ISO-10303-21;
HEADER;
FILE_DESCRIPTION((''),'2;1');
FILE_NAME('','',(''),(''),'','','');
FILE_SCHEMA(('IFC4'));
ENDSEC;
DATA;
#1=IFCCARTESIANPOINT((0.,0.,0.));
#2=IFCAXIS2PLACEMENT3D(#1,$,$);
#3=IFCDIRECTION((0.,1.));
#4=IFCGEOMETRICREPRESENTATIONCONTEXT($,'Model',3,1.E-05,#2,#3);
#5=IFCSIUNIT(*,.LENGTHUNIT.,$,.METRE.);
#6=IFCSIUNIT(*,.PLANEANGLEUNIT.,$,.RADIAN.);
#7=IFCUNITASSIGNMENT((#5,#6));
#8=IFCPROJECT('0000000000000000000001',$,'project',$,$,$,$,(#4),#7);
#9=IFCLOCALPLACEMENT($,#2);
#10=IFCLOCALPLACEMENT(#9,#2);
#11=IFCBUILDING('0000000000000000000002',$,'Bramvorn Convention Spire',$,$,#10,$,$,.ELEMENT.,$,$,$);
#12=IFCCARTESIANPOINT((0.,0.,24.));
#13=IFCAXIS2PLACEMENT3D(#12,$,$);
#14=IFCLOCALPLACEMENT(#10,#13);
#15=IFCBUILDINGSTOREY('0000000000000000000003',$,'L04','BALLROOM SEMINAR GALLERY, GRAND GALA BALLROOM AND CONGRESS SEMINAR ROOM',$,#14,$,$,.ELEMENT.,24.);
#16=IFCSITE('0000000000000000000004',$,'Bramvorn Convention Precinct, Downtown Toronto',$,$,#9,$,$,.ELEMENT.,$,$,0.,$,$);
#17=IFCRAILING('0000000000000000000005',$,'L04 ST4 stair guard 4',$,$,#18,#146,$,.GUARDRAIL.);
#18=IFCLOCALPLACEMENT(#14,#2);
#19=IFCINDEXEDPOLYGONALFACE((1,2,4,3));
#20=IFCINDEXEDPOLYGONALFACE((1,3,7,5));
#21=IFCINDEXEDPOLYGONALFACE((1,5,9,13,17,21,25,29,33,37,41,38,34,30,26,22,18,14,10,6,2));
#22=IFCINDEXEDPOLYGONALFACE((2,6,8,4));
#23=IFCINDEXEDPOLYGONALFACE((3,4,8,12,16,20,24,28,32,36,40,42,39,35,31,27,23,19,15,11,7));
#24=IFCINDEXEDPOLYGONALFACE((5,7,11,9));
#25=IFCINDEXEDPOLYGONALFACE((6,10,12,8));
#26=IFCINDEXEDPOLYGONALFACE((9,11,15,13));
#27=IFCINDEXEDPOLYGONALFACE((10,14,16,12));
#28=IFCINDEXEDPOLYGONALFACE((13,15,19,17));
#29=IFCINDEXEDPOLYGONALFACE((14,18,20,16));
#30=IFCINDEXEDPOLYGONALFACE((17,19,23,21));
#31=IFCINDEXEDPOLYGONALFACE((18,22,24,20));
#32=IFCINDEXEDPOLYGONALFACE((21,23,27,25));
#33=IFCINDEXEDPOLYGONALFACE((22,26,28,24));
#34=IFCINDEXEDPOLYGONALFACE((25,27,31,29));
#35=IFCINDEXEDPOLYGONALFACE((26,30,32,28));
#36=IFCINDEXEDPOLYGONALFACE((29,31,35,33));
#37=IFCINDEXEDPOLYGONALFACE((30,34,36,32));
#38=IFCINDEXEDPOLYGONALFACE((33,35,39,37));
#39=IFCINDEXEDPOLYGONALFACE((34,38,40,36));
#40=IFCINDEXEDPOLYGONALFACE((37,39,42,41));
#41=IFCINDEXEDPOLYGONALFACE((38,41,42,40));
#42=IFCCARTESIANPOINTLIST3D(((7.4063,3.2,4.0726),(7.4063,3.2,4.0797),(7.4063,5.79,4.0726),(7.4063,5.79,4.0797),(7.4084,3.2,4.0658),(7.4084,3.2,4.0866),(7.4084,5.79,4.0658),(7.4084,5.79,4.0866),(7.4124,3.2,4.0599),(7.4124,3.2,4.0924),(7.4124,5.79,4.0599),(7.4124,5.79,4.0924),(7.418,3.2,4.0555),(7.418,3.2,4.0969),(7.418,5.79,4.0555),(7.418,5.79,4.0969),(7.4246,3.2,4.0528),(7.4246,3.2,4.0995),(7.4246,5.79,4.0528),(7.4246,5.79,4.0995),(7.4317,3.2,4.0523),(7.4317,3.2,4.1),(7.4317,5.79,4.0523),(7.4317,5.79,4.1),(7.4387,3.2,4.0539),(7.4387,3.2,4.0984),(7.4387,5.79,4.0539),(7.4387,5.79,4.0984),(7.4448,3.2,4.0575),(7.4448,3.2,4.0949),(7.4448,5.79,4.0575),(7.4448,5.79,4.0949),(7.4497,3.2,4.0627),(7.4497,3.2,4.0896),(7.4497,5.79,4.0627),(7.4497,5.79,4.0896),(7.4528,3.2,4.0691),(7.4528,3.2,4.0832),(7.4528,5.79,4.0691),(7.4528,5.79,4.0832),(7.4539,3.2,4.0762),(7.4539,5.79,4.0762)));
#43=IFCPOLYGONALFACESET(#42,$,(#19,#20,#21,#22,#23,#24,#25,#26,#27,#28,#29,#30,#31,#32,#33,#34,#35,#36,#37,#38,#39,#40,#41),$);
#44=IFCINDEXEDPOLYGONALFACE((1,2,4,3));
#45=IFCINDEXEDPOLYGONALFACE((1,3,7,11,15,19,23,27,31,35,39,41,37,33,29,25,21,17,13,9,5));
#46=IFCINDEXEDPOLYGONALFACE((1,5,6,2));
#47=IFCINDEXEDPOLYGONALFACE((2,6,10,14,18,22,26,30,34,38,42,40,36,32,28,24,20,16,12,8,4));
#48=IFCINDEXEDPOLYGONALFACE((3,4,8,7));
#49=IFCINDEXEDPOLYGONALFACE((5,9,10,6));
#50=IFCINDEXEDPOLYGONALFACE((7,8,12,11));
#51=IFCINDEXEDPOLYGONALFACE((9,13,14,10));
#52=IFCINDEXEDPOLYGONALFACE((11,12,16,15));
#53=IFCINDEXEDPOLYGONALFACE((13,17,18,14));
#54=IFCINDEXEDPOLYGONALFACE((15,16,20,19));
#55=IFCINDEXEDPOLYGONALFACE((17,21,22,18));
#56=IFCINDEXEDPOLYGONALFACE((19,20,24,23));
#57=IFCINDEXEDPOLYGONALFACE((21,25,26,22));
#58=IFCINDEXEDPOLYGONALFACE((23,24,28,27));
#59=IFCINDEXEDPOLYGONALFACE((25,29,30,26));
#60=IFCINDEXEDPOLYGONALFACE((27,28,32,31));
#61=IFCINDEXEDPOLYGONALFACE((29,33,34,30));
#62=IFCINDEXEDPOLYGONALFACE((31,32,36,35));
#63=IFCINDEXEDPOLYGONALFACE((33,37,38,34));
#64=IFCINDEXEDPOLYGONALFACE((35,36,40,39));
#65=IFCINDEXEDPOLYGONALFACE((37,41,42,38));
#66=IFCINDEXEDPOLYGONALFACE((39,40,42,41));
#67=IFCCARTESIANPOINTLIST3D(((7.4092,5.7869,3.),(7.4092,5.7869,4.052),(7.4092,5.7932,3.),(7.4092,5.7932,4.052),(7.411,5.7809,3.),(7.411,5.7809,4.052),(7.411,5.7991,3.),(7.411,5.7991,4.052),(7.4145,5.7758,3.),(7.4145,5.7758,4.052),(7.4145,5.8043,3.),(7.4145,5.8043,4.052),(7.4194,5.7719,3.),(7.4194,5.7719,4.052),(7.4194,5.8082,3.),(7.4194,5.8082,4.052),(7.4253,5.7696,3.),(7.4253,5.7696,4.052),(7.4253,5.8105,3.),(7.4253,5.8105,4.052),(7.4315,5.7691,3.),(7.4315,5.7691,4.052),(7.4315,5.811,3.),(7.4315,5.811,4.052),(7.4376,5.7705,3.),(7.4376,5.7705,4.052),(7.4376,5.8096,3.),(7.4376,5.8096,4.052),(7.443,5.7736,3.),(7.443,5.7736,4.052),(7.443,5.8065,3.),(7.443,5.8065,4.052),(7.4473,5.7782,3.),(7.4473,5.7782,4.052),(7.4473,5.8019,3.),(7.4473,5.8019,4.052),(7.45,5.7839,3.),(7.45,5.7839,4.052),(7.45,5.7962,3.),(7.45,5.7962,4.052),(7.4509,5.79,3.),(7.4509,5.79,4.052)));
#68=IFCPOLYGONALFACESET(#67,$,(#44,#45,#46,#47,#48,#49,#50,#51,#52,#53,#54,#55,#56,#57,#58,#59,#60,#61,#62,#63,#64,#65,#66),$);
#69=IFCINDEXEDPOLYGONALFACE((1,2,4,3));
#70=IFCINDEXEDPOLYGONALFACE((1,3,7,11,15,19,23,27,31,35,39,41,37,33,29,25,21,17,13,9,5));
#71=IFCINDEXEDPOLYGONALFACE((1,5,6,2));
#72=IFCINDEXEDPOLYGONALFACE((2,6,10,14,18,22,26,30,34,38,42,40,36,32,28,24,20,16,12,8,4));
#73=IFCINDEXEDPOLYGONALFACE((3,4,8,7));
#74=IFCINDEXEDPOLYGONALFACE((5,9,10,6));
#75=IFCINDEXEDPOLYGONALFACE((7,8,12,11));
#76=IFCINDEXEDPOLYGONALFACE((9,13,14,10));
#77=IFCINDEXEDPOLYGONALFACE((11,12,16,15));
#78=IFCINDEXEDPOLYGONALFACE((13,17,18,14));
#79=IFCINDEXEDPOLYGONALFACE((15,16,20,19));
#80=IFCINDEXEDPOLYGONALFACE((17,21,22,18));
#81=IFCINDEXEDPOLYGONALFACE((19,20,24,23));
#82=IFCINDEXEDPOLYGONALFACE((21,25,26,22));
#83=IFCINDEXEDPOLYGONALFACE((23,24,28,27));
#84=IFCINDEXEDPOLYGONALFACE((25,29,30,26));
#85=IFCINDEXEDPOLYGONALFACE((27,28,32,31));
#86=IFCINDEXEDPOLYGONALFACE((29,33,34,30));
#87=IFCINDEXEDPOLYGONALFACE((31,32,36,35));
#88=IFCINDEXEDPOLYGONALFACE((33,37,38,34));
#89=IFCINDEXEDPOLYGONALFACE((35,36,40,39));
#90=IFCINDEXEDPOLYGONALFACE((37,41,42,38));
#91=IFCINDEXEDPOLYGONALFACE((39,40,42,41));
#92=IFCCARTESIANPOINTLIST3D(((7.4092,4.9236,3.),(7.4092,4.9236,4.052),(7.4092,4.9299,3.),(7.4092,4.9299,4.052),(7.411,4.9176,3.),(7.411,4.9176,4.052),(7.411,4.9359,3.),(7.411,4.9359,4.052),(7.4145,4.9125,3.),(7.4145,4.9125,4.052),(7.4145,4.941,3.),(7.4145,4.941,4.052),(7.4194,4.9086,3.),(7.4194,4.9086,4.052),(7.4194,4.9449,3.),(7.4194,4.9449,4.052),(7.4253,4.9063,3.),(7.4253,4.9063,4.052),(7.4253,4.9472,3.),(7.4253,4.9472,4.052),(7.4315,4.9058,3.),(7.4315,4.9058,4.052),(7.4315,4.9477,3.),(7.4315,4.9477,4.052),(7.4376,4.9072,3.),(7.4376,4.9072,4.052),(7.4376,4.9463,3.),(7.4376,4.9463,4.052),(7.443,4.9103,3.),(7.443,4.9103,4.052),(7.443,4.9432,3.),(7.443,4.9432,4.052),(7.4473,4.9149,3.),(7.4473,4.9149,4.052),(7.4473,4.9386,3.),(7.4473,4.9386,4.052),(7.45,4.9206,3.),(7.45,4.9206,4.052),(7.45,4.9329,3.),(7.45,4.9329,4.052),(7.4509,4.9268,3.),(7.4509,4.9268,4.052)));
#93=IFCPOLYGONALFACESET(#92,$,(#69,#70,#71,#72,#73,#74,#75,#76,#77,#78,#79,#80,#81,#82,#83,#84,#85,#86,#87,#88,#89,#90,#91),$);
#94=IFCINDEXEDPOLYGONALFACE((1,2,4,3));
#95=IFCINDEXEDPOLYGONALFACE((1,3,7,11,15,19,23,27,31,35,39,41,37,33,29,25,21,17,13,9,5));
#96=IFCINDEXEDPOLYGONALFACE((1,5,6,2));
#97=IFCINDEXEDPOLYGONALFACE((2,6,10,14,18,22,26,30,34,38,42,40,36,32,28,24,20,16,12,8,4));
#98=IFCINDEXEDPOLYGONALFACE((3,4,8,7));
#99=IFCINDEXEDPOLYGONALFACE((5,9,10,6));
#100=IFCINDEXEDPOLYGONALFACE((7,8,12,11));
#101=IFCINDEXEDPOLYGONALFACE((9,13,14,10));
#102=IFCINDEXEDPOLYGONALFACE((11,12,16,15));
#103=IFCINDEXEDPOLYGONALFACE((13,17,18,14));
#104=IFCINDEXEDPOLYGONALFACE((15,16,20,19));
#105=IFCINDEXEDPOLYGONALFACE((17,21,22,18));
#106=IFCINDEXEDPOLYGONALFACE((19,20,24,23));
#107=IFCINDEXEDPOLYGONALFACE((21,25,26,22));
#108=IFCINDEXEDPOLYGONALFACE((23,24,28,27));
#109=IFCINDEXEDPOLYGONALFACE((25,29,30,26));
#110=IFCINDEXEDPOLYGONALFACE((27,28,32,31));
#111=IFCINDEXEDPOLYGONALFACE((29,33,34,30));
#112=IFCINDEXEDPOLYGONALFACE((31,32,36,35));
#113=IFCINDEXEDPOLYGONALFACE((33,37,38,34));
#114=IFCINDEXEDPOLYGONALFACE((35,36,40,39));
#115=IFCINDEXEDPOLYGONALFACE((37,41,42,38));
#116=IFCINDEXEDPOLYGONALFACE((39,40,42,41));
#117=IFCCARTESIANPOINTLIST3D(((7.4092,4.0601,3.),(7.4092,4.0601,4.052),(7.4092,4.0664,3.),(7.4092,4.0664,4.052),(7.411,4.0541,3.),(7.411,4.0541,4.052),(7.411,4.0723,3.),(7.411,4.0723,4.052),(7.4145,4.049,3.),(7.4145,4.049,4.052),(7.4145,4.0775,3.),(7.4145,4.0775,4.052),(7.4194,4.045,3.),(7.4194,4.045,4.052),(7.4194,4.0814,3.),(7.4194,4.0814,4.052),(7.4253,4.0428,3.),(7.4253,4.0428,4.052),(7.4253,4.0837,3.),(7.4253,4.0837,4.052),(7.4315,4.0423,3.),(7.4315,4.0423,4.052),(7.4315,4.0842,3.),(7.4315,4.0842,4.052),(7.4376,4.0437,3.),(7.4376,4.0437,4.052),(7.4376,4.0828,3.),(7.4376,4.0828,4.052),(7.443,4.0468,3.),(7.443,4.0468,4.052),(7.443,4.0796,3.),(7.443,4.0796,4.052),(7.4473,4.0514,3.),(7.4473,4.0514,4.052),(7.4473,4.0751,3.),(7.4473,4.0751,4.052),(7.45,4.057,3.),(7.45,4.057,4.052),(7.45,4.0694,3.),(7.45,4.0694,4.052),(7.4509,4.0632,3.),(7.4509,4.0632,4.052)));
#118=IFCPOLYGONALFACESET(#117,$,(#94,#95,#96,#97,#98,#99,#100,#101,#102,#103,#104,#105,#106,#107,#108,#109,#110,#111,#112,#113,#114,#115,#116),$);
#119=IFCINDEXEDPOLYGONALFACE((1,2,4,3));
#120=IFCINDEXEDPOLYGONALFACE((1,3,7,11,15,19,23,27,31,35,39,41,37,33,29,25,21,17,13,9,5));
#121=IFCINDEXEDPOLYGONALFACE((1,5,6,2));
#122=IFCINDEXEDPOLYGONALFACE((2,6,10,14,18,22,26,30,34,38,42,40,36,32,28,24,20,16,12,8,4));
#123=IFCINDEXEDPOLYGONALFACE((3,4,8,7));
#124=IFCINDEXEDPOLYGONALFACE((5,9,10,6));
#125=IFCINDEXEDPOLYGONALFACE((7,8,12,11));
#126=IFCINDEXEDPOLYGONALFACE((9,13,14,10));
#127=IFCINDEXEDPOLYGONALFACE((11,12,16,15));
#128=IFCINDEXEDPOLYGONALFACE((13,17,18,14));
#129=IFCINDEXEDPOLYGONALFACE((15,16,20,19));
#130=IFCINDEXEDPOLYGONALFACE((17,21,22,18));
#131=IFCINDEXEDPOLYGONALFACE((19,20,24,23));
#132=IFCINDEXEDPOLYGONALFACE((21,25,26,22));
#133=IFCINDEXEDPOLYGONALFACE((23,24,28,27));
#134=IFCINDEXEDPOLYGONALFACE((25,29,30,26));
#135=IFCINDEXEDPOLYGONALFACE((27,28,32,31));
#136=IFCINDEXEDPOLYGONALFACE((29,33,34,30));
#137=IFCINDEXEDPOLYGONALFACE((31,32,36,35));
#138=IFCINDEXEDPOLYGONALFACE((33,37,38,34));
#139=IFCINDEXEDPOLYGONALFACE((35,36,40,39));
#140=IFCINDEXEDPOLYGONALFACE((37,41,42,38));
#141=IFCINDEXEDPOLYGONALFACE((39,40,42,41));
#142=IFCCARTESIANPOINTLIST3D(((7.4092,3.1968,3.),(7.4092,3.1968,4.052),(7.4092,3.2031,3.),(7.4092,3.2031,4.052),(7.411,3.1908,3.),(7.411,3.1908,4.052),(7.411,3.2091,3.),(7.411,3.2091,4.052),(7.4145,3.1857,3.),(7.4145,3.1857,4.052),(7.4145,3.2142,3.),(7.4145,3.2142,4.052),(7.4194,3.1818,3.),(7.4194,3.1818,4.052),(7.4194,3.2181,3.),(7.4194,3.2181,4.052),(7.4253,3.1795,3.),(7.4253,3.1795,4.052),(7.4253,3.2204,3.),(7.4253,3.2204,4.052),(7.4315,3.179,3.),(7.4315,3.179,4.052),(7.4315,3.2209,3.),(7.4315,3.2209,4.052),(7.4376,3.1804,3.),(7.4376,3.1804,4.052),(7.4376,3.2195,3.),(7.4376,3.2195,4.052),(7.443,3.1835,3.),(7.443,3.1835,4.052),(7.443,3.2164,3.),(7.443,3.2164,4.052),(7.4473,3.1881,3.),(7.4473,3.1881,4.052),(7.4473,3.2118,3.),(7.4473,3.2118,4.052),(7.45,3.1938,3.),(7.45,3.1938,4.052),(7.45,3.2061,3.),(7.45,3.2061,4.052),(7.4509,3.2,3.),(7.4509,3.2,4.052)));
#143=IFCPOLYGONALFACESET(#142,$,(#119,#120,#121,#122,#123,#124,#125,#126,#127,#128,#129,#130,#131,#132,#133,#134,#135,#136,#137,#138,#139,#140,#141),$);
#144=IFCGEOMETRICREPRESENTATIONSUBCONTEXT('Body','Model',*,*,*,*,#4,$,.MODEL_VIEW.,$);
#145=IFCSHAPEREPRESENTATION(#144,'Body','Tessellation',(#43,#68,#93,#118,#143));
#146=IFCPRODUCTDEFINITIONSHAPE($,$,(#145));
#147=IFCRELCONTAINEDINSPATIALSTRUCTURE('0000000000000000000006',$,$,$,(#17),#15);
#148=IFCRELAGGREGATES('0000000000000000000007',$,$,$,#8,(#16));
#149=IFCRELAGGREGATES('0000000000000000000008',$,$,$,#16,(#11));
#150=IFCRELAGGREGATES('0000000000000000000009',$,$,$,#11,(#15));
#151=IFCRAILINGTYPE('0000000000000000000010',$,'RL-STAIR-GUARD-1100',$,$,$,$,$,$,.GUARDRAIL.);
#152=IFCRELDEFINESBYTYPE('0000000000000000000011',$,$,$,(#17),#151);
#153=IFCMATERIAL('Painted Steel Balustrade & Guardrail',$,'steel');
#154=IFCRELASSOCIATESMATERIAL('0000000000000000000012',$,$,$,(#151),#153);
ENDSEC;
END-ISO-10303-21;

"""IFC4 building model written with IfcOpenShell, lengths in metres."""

from ifc_helpers import new_model, si_unit, direction, frame, origin, origin_2d, place, context, subcontext, project, spatial, circle, extrude, material, type_object, element, save


model = new_model("IFC4")

# Units and contexts
model_context = context("Model", 3, precision=1e-05, world=origin(), true_north=direction((0.0, 1.0)))
body_context = subcontext(model_context, "Body", "Model", "MODEL_VIEW")
ifc_project = project(units=[si_unit("LENGTHUNIT", "METRE"), si_unit("PLANEANGLEUNIT", "RADIAN")], contexts=[model_context])

# Site, building, storey
site_placement = place(None, origin())
site = spatial("IfcSite", under=ifc_project, at=site_placement, Name="Bramvorn Convention Precinct, Downtown Toronto", CompositionType="ELEMENT", RefElevation=0.0)
building_placement = place(site_placement, origin())
building = spatial("IfcBuilding", under=site, at=building_placement, Name="Bramvorn Convention Spire", CompositionType="ELEMENT")
storey_placement = place(building_placement, frame((0.0, 0.0, 24.0)))
storey = spatial("IfcBuildingStorey", under=building, at=storey_placement, Name="L04", Description="BALLROOM SEMINAR GALLERY, GRAND GALA BALLROOM AND CONGRESS SEMINAR ROOM", CompositionType="ELEMENT", Elevation=24.0)

# Railing
ifc_material_1 = material(Name="Painted Steel Balustrade & Guardrail", Category="steel")
railing_type_1 = type_object("IfcRailingType", Name="RL-STAIR-GUARD-1100", PredefinedType="GUARDRAIL", material=ifc_material_1)
for number, where, name in (
    (1, (7.4299, 5.79, 3.0), "L04 ST4 stair guard 4"),
):
    element("IfcRailing", number, at=place(storey_placement, frame(where)), inside=storey, type_object=railing_type_1, Name=name, PredefinedType="GUARDRAIL", context=body_context, shape_type="SweptSolid", body=[
        extrude(circle(Radius=0.0239, at=origin_2d()), frame((0.0, 0.0, 1.0762), z_axis=(0.0, -1.0, 0.0), x_axis=(1.0, 0.0, 0.0)), (0.0, 0.0, 1.0), 2.5901),
        extrude(circle(Radius=0.021, at=origin_2d()), origin(), (0.0, 0.0, 1.0), 1.052),
        extrude(circle(Radius=0.021, at=origin_2d()), frame((0.0, -0.8633, 0.0)), (0.0, 0.0, 1.0), 1.052),
        extrude(circle(Radius=0.021, at=origin_2d()), frame((0.0, -1.7268, 0.0)), (0.0, 0.0, 1.0), 1.052),
        extrude(circle(Radius=0.021, at=origin_2d()), frame((0.0, -2.5901, 0.0)), (0.0, 0.0, 1.0), 1.052),
    ])

save(model, "model.ifc")
